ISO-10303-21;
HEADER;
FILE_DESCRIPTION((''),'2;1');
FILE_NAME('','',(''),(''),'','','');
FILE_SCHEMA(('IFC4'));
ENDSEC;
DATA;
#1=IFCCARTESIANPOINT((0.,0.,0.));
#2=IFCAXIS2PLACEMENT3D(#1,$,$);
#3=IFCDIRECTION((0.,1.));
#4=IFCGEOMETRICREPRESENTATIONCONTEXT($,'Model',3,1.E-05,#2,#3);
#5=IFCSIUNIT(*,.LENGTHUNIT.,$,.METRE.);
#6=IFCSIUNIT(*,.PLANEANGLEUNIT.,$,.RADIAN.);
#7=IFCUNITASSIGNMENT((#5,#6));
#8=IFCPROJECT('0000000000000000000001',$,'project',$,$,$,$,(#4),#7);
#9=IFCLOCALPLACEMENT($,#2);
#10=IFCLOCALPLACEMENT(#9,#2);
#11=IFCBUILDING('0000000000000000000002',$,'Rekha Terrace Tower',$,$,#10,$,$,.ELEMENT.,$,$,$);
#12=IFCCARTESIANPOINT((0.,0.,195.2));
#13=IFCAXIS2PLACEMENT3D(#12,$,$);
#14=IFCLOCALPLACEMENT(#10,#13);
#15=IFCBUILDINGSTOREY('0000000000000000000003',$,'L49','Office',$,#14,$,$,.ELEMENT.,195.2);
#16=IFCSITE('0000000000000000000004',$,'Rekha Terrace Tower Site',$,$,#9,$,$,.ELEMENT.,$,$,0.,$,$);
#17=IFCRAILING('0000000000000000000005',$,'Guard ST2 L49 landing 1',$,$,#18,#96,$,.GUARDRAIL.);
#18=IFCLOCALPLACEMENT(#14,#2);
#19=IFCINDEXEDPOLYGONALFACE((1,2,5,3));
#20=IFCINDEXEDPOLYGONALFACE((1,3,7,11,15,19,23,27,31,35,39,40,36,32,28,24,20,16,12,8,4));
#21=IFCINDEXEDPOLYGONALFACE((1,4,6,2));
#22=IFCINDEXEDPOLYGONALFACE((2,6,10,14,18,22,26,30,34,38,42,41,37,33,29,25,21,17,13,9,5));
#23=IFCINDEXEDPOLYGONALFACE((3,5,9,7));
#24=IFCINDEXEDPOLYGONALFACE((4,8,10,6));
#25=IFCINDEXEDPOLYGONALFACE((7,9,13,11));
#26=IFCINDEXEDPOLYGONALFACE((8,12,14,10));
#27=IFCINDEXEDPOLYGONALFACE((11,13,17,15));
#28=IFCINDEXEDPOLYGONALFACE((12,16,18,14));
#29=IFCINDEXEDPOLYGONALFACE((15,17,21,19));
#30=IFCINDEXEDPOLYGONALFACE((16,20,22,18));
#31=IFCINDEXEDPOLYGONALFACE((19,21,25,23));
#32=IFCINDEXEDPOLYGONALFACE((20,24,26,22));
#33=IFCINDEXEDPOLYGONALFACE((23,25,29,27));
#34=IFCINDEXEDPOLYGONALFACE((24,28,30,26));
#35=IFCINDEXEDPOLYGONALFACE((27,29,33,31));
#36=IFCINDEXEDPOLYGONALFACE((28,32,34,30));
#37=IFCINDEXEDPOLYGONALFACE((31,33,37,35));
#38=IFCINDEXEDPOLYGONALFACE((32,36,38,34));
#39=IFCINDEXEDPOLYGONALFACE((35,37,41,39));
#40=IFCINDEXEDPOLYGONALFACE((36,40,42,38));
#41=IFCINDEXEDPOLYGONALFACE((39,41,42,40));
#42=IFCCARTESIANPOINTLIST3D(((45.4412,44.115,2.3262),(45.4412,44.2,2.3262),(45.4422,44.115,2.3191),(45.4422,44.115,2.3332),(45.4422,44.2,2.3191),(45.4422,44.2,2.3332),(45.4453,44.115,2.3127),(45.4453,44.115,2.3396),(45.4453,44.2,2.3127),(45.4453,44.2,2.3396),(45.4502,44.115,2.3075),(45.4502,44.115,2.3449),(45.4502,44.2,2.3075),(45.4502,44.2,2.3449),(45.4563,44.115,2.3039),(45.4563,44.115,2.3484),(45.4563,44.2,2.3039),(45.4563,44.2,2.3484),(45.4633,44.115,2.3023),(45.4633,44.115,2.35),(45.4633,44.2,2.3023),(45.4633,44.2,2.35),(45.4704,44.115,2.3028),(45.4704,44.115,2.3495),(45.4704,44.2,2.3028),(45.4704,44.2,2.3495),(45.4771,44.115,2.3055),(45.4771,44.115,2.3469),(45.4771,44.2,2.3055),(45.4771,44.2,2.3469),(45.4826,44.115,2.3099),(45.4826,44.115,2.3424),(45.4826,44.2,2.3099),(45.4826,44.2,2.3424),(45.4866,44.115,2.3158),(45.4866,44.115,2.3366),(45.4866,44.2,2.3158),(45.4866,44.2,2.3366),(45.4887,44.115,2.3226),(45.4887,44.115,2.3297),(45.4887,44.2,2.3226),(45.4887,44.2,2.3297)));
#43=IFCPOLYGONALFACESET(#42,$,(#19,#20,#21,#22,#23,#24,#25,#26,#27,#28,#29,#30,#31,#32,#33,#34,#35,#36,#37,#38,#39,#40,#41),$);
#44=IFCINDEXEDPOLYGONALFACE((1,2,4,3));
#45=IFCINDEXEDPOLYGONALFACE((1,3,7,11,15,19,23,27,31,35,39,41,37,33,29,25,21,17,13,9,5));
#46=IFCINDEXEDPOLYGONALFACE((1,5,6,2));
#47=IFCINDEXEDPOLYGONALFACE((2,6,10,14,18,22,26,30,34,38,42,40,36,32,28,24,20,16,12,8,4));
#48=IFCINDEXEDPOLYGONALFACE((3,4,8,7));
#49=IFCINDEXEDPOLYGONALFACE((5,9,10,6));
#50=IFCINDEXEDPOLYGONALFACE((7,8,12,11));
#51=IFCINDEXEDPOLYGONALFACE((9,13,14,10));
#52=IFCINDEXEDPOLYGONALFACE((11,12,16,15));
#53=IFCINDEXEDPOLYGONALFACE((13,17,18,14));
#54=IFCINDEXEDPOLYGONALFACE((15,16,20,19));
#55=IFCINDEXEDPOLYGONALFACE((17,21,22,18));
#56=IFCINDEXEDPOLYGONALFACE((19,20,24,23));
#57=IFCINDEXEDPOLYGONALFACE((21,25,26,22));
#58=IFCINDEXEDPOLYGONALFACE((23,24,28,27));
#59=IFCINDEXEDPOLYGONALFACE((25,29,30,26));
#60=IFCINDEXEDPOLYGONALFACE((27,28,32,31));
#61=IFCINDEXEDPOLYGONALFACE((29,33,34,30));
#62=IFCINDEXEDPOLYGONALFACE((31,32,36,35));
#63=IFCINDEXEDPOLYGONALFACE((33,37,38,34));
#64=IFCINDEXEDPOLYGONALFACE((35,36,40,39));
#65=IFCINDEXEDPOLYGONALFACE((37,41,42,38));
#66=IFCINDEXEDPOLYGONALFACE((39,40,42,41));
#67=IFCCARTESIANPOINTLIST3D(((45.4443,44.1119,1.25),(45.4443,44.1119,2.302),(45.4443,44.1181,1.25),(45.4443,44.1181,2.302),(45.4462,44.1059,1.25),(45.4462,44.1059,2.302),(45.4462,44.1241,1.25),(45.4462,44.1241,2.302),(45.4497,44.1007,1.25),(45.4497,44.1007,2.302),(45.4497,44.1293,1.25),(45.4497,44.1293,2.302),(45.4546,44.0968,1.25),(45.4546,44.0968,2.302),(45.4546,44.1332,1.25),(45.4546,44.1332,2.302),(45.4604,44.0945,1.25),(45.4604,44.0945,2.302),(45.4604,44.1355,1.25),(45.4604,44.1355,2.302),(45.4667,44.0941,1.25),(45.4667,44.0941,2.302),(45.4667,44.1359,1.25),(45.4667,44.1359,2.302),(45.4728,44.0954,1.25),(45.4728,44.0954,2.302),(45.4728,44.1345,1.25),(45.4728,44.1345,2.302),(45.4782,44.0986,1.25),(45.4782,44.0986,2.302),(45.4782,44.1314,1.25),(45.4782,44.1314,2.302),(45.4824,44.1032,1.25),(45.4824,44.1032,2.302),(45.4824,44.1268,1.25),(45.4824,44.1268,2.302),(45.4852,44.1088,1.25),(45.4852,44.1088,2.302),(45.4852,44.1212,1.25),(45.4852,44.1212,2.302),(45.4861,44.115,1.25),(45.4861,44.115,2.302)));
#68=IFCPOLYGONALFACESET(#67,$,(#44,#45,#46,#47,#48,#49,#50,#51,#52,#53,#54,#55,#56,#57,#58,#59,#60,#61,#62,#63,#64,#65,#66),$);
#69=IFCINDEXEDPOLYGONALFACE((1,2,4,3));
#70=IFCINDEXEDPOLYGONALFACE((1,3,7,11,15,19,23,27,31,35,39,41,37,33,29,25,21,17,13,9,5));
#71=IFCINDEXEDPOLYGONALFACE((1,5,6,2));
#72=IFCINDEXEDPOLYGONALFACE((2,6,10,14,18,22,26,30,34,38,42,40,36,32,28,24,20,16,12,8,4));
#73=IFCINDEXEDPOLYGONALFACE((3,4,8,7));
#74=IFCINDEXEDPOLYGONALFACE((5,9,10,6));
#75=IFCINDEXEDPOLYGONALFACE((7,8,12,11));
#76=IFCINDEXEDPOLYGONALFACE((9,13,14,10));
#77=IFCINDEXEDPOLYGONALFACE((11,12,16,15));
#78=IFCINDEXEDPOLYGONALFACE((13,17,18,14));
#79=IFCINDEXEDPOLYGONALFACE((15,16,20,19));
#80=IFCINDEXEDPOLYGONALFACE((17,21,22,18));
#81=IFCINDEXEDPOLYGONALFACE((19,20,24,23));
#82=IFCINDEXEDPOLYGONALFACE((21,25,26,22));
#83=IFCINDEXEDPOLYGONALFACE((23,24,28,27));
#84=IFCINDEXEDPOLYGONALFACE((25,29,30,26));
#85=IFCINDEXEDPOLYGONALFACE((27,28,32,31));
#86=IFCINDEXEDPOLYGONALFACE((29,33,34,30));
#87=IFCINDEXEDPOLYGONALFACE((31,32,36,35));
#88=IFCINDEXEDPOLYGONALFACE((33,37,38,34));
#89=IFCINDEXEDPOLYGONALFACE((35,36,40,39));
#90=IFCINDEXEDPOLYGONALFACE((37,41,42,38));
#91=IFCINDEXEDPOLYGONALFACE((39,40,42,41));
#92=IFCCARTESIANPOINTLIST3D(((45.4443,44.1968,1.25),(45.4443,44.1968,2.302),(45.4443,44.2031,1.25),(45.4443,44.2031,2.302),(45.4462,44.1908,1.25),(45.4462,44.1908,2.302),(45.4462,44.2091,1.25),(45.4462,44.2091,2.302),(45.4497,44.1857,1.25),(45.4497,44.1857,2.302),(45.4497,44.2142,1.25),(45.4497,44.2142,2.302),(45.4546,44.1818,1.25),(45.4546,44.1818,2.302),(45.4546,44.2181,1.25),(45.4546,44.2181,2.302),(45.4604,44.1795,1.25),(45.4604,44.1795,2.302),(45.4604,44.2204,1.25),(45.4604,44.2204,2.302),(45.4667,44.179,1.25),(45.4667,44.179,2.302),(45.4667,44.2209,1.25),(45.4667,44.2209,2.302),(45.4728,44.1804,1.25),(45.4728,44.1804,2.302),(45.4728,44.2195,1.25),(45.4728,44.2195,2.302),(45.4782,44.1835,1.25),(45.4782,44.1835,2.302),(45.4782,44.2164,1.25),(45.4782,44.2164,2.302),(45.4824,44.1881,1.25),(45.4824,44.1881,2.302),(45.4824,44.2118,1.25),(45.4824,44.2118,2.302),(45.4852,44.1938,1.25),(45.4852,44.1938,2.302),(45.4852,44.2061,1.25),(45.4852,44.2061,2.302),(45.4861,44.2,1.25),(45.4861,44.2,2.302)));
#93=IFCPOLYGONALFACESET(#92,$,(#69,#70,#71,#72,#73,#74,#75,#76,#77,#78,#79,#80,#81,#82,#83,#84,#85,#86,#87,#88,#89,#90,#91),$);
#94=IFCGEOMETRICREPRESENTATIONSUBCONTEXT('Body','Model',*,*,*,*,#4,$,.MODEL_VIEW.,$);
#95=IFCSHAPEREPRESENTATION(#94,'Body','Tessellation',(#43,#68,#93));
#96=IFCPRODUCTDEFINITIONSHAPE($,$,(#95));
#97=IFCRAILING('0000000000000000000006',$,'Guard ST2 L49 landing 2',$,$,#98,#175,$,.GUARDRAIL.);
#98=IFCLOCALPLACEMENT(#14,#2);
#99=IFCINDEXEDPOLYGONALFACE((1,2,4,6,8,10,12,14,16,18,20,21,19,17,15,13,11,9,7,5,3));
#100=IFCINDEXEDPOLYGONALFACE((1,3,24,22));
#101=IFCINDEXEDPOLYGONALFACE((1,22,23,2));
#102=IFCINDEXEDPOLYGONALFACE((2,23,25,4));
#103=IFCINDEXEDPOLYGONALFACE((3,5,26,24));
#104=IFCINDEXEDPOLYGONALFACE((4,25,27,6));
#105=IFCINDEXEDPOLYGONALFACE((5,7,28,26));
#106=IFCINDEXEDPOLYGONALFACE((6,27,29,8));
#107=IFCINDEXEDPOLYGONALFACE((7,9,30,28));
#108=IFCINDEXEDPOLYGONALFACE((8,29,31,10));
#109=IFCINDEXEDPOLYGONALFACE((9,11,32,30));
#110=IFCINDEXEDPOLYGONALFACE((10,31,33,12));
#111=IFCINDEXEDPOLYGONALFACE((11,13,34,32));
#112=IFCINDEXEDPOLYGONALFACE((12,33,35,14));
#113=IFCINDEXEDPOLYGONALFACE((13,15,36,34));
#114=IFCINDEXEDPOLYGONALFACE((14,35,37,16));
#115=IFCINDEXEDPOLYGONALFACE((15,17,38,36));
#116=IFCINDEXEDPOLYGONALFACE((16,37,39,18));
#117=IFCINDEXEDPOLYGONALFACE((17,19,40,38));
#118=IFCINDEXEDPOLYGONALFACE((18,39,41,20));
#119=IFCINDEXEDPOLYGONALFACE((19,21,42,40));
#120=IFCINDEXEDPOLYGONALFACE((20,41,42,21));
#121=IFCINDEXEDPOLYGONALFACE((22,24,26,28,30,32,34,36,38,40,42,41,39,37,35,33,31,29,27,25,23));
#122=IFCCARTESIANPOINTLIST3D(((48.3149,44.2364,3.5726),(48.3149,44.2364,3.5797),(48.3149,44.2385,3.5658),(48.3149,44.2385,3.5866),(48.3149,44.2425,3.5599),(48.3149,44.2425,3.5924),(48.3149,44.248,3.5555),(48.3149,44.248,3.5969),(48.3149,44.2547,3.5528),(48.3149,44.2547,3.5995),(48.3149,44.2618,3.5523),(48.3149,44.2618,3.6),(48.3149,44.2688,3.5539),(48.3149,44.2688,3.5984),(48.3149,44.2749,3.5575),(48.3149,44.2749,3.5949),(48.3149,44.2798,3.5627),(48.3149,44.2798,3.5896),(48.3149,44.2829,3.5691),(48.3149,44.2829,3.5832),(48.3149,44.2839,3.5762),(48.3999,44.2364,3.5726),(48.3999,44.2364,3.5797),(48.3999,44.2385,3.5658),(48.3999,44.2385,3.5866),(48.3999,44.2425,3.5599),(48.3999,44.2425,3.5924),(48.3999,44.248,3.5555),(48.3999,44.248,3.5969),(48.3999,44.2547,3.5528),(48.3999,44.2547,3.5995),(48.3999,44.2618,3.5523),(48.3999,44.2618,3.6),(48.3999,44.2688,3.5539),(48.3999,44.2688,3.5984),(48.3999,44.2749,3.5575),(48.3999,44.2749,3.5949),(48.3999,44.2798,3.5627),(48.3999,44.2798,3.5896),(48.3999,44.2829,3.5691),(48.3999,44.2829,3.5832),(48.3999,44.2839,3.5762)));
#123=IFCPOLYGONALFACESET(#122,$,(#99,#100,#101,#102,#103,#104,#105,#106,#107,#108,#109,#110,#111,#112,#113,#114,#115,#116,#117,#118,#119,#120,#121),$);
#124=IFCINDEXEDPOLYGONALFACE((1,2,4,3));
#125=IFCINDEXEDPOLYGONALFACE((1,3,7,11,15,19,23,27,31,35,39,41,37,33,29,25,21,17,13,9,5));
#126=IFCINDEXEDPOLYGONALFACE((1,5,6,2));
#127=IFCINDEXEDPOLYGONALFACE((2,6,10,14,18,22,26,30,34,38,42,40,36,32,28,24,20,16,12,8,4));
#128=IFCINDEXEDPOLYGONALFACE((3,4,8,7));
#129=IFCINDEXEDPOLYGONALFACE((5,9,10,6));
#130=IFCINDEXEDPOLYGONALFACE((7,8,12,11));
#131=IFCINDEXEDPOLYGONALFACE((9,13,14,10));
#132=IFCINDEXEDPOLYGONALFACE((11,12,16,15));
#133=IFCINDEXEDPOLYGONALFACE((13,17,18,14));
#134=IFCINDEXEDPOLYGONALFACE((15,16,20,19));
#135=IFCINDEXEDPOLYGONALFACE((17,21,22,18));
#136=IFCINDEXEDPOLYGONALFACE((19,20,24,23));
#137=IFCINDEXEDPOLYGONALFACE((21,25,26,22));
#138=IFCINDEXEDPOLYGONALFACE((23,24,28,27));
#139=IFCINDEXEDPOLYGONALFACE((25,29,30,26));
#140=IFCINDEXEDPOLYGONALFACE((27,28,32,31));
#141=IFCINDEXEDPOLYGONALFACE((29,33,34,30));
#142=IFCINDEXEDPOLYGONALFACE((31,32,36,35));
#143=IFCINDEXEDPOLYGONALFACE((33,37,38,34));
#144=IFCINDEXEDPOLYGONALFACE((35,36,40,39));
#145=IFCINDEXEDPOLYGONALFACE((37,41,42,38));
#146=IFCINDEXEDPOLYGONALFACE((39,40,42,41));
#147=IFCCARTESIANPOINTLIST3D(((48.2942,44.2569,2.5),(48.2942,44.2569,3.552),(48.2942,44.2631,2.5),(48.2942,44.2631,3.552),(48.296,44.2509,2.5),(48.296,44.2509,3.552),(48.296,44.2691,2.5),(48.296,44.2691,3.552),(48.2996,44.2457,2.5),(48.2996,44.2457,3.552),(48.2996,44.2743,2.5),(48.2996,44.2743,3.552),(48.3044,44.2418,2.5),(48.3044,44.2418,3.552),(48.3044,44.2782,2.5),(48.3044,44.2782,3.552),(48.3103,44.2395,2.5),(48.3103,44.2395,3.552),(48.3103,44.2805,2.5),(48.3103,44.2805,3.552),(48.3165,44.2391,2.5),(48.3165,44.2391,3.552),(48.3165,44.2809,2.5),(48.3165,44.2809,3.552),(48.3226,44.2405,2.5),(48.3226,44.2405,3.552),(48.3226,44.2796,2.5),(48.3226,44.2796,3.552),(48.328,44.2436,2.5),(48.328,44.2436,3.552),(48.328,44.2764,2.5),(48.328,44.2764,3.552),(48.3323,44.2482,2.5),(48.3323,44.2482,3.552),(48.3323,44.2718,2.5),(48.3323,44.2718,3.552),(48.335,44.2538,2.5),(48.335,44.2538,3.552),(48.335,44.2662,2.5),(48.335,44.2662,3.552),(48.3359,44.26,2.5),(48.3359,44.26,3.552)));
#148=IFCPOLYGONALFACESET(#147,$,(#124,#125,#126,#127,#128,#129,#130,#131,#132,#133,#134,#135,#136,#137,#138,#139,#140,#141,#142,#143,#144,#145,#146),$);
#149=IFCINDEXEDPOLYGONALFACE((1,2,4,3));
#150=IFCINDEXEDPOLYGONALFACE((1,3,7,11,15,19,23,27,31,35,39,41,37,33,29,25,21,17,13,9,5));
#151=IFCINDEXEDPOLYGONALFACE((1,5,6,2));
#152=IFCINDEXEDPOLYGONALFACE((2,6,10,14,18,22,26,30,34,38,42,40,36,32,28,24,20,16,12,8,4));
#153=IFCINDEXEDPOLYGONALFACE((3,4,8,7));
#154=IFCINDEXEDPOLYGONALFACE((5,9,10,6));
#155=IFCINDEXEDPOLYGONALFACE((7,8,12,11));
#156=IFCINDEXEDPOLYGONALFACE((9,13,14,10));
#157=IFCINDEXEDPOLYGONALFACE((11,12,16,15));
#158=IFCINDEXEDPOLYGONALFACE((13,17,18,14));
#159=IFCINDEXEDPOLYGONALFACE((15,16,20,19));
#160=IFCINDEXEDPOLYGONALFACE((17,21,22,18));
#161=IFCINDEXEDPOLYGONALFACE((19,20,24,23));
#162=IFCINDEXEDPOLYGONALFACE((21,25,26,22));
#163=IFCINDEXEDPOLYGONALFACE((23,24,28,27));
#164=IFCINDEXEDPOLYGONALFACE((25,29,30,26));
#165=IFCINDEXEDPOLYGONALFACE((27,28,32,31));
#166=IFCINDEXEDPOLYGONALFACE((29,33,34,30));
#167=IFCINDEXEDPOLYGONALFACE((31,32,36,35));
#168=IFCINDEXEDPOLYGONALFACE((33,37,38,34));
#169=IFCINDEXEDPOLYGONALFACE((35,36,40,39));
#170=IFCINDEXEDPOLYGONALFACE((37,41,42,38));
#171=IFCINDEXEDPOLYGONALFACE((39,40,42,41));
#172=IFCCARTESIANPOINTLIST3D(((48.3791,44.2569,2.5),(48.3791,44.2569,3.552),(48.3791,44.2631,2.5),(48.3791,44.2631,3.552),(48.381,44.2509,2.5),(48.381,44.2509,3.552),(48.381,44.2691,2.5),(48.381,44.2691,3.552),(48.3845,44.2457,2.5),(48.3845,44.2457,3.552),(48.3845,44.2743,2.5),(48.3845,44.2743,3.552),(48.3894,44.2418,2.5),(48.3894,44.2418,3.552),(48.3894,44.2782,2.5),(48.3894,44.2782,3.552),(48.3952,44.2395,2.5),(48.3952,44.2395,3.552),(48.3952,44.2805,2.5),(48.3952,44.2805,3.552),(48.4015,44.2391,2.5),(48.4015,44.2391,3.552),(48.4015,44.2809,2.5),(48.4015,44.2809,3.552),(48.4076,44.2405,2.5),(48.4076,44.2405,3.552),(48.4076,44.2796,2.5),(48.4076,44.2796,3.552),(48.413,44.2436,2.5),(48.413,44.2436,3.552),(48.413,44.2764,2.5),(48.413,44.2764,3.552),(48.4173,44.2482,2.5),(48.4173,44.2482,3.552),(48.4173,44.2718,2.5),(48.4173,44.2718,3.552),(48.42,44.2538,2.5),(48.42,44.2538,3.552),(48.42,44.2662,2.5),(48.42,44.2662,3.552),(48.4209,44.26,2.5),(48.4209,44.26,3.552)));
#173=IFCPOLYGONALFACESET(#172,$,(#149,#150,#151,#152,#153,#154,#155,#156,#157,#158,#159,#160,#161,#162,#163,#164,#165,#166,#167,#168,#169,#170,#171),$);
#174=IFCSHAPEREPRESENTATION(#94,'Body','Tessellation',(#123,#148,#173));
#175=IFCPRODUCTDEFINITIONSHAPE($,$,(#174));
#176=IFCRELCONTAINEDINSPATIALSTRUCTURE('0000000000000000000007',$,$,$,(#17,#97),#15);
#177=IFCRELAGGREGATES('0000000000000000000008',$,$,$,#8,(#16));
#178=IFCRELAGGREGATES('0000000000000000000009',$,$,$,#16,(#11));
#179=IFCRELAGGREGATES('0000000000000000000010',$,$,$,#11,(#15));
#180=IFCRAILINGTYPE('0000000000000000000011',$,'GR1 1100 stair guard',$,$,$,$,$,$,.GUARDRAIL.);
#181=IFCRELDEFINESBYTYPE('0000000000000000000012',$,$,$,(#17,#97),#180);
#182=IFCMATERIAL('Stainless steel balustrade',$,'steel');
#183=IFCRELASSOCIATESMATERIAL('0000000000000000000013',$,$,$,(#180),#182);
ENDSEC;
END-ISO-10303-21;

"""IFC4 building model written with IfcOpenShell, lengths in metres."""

from ifc_helpers import new_model, si_unit, direction, frame, origin, origin_2d, place, context, subcontext, project, spatial, circle, extrude, material, type_object, element, save


model = new_model("IFC4")

# Units and contexts
model_context = context("Model", 3, precision=1e-05, world=origin(), true_north=direction((0.0, 1.0)))
body_context = subcontext(model_context, "Body", "Model", "MODEL_VIEW")
ifc_project = project(units=[si_unit("LENGTHUNIT", "METRE"), si_unit("PLANEANGLEUNIT", "RADIAN")], contexts=[model_context])

# Site, building, storey
site_placement = place(None, origin())
site = spatial("IfcSite", under=ifc_project, at=site_placement, Name="Rekha Terrace Tower Site", CompositionType="ELEMENT", RefElevation=0.0)
building_placement = place(site_placement, origin())
building = spatial("IfcBuilding", under=site, at=building_placement, Name="Rekha Terrace Tower", CompositionType="ELEMENT")
storey_placement = place(building_placement, frame((0.0, 0.0, 195.2)))
storey = spatial("IfcBuildingStorey", under=building, at=storey_placement, Name="L49", Description="Office", CompositionType="ELEMENT", Elevation=195.2)

# Railings
ifc_material_1 = material(Name="Stainless steel balustrade", Category="steel")
railing_type_1 = type_object("IfcRailingType", Name="GR1 1100 stair guard", PredefinedType="GUARDRAIL", material=ifc_material_1)
railing_1_placement = place(storey_placement, frame((45.4651, 44.115, 1.25)))
element("IfcRailing", 1, at=railing_1_placement, inside=storey, type_object=railing_type_1, Name="Guard ST2 L49 landing 1", PredefinedType="GUARDRAIL", context=body_context, shape_type="SweptSolid", body=[
    extrude(circle(Radius=0.0239, at=origin_2d()), frame((0.0, 0.0, 1.0762), z_axis=(0.0, 1.0, 0.0), x_axis=(-1.0, 0.0, 0.0)), (0.0, 0.0, 1.0), 0.085),
    extrude(circle(Radius=0.021, at=origin_2d()), origin(), (0.0, 0.0, 1.0), 1.052),
    extrude(circle(Radius=0.021, at=origin_2d()), frame((0.0, 0.085, 0.0)), (0.0, 0.0, 1.0), 1.052),
])
railing_2_placement = place(storey_placement, frame((48.3149, 44.26, 2.5)))
element("IfcRailing", 2, at=railing_2_placement, inside=storey, type_object=railing_type_1, Name="Guard ST2 L49 landing 2", PredefinedType="GUARDRAIL", context=body_context, shape_type="SweptSolid", body=[
    extrude(circle(Radius=0.0239, at=origin_2d()), frame((0.0, 0.0, 1.0762), z_axis=(1.0, 0.0, 0.0), x_axis=(0.0, 1.0, 0.0)), (0.0, 0.0, 1.0), 0.085),
    extrude(circle(Radius=0.021, at=origin_2d()), origin(), (0.0, 0.0, 1.0), 1.052),
    extrude(circle(Radius=0.021, at=origin_2d()), frame((0.085, 0.0, 0.0)), (0.0, 0.0, 1.0), 1.052),
])

save(model, "model.ifc")
